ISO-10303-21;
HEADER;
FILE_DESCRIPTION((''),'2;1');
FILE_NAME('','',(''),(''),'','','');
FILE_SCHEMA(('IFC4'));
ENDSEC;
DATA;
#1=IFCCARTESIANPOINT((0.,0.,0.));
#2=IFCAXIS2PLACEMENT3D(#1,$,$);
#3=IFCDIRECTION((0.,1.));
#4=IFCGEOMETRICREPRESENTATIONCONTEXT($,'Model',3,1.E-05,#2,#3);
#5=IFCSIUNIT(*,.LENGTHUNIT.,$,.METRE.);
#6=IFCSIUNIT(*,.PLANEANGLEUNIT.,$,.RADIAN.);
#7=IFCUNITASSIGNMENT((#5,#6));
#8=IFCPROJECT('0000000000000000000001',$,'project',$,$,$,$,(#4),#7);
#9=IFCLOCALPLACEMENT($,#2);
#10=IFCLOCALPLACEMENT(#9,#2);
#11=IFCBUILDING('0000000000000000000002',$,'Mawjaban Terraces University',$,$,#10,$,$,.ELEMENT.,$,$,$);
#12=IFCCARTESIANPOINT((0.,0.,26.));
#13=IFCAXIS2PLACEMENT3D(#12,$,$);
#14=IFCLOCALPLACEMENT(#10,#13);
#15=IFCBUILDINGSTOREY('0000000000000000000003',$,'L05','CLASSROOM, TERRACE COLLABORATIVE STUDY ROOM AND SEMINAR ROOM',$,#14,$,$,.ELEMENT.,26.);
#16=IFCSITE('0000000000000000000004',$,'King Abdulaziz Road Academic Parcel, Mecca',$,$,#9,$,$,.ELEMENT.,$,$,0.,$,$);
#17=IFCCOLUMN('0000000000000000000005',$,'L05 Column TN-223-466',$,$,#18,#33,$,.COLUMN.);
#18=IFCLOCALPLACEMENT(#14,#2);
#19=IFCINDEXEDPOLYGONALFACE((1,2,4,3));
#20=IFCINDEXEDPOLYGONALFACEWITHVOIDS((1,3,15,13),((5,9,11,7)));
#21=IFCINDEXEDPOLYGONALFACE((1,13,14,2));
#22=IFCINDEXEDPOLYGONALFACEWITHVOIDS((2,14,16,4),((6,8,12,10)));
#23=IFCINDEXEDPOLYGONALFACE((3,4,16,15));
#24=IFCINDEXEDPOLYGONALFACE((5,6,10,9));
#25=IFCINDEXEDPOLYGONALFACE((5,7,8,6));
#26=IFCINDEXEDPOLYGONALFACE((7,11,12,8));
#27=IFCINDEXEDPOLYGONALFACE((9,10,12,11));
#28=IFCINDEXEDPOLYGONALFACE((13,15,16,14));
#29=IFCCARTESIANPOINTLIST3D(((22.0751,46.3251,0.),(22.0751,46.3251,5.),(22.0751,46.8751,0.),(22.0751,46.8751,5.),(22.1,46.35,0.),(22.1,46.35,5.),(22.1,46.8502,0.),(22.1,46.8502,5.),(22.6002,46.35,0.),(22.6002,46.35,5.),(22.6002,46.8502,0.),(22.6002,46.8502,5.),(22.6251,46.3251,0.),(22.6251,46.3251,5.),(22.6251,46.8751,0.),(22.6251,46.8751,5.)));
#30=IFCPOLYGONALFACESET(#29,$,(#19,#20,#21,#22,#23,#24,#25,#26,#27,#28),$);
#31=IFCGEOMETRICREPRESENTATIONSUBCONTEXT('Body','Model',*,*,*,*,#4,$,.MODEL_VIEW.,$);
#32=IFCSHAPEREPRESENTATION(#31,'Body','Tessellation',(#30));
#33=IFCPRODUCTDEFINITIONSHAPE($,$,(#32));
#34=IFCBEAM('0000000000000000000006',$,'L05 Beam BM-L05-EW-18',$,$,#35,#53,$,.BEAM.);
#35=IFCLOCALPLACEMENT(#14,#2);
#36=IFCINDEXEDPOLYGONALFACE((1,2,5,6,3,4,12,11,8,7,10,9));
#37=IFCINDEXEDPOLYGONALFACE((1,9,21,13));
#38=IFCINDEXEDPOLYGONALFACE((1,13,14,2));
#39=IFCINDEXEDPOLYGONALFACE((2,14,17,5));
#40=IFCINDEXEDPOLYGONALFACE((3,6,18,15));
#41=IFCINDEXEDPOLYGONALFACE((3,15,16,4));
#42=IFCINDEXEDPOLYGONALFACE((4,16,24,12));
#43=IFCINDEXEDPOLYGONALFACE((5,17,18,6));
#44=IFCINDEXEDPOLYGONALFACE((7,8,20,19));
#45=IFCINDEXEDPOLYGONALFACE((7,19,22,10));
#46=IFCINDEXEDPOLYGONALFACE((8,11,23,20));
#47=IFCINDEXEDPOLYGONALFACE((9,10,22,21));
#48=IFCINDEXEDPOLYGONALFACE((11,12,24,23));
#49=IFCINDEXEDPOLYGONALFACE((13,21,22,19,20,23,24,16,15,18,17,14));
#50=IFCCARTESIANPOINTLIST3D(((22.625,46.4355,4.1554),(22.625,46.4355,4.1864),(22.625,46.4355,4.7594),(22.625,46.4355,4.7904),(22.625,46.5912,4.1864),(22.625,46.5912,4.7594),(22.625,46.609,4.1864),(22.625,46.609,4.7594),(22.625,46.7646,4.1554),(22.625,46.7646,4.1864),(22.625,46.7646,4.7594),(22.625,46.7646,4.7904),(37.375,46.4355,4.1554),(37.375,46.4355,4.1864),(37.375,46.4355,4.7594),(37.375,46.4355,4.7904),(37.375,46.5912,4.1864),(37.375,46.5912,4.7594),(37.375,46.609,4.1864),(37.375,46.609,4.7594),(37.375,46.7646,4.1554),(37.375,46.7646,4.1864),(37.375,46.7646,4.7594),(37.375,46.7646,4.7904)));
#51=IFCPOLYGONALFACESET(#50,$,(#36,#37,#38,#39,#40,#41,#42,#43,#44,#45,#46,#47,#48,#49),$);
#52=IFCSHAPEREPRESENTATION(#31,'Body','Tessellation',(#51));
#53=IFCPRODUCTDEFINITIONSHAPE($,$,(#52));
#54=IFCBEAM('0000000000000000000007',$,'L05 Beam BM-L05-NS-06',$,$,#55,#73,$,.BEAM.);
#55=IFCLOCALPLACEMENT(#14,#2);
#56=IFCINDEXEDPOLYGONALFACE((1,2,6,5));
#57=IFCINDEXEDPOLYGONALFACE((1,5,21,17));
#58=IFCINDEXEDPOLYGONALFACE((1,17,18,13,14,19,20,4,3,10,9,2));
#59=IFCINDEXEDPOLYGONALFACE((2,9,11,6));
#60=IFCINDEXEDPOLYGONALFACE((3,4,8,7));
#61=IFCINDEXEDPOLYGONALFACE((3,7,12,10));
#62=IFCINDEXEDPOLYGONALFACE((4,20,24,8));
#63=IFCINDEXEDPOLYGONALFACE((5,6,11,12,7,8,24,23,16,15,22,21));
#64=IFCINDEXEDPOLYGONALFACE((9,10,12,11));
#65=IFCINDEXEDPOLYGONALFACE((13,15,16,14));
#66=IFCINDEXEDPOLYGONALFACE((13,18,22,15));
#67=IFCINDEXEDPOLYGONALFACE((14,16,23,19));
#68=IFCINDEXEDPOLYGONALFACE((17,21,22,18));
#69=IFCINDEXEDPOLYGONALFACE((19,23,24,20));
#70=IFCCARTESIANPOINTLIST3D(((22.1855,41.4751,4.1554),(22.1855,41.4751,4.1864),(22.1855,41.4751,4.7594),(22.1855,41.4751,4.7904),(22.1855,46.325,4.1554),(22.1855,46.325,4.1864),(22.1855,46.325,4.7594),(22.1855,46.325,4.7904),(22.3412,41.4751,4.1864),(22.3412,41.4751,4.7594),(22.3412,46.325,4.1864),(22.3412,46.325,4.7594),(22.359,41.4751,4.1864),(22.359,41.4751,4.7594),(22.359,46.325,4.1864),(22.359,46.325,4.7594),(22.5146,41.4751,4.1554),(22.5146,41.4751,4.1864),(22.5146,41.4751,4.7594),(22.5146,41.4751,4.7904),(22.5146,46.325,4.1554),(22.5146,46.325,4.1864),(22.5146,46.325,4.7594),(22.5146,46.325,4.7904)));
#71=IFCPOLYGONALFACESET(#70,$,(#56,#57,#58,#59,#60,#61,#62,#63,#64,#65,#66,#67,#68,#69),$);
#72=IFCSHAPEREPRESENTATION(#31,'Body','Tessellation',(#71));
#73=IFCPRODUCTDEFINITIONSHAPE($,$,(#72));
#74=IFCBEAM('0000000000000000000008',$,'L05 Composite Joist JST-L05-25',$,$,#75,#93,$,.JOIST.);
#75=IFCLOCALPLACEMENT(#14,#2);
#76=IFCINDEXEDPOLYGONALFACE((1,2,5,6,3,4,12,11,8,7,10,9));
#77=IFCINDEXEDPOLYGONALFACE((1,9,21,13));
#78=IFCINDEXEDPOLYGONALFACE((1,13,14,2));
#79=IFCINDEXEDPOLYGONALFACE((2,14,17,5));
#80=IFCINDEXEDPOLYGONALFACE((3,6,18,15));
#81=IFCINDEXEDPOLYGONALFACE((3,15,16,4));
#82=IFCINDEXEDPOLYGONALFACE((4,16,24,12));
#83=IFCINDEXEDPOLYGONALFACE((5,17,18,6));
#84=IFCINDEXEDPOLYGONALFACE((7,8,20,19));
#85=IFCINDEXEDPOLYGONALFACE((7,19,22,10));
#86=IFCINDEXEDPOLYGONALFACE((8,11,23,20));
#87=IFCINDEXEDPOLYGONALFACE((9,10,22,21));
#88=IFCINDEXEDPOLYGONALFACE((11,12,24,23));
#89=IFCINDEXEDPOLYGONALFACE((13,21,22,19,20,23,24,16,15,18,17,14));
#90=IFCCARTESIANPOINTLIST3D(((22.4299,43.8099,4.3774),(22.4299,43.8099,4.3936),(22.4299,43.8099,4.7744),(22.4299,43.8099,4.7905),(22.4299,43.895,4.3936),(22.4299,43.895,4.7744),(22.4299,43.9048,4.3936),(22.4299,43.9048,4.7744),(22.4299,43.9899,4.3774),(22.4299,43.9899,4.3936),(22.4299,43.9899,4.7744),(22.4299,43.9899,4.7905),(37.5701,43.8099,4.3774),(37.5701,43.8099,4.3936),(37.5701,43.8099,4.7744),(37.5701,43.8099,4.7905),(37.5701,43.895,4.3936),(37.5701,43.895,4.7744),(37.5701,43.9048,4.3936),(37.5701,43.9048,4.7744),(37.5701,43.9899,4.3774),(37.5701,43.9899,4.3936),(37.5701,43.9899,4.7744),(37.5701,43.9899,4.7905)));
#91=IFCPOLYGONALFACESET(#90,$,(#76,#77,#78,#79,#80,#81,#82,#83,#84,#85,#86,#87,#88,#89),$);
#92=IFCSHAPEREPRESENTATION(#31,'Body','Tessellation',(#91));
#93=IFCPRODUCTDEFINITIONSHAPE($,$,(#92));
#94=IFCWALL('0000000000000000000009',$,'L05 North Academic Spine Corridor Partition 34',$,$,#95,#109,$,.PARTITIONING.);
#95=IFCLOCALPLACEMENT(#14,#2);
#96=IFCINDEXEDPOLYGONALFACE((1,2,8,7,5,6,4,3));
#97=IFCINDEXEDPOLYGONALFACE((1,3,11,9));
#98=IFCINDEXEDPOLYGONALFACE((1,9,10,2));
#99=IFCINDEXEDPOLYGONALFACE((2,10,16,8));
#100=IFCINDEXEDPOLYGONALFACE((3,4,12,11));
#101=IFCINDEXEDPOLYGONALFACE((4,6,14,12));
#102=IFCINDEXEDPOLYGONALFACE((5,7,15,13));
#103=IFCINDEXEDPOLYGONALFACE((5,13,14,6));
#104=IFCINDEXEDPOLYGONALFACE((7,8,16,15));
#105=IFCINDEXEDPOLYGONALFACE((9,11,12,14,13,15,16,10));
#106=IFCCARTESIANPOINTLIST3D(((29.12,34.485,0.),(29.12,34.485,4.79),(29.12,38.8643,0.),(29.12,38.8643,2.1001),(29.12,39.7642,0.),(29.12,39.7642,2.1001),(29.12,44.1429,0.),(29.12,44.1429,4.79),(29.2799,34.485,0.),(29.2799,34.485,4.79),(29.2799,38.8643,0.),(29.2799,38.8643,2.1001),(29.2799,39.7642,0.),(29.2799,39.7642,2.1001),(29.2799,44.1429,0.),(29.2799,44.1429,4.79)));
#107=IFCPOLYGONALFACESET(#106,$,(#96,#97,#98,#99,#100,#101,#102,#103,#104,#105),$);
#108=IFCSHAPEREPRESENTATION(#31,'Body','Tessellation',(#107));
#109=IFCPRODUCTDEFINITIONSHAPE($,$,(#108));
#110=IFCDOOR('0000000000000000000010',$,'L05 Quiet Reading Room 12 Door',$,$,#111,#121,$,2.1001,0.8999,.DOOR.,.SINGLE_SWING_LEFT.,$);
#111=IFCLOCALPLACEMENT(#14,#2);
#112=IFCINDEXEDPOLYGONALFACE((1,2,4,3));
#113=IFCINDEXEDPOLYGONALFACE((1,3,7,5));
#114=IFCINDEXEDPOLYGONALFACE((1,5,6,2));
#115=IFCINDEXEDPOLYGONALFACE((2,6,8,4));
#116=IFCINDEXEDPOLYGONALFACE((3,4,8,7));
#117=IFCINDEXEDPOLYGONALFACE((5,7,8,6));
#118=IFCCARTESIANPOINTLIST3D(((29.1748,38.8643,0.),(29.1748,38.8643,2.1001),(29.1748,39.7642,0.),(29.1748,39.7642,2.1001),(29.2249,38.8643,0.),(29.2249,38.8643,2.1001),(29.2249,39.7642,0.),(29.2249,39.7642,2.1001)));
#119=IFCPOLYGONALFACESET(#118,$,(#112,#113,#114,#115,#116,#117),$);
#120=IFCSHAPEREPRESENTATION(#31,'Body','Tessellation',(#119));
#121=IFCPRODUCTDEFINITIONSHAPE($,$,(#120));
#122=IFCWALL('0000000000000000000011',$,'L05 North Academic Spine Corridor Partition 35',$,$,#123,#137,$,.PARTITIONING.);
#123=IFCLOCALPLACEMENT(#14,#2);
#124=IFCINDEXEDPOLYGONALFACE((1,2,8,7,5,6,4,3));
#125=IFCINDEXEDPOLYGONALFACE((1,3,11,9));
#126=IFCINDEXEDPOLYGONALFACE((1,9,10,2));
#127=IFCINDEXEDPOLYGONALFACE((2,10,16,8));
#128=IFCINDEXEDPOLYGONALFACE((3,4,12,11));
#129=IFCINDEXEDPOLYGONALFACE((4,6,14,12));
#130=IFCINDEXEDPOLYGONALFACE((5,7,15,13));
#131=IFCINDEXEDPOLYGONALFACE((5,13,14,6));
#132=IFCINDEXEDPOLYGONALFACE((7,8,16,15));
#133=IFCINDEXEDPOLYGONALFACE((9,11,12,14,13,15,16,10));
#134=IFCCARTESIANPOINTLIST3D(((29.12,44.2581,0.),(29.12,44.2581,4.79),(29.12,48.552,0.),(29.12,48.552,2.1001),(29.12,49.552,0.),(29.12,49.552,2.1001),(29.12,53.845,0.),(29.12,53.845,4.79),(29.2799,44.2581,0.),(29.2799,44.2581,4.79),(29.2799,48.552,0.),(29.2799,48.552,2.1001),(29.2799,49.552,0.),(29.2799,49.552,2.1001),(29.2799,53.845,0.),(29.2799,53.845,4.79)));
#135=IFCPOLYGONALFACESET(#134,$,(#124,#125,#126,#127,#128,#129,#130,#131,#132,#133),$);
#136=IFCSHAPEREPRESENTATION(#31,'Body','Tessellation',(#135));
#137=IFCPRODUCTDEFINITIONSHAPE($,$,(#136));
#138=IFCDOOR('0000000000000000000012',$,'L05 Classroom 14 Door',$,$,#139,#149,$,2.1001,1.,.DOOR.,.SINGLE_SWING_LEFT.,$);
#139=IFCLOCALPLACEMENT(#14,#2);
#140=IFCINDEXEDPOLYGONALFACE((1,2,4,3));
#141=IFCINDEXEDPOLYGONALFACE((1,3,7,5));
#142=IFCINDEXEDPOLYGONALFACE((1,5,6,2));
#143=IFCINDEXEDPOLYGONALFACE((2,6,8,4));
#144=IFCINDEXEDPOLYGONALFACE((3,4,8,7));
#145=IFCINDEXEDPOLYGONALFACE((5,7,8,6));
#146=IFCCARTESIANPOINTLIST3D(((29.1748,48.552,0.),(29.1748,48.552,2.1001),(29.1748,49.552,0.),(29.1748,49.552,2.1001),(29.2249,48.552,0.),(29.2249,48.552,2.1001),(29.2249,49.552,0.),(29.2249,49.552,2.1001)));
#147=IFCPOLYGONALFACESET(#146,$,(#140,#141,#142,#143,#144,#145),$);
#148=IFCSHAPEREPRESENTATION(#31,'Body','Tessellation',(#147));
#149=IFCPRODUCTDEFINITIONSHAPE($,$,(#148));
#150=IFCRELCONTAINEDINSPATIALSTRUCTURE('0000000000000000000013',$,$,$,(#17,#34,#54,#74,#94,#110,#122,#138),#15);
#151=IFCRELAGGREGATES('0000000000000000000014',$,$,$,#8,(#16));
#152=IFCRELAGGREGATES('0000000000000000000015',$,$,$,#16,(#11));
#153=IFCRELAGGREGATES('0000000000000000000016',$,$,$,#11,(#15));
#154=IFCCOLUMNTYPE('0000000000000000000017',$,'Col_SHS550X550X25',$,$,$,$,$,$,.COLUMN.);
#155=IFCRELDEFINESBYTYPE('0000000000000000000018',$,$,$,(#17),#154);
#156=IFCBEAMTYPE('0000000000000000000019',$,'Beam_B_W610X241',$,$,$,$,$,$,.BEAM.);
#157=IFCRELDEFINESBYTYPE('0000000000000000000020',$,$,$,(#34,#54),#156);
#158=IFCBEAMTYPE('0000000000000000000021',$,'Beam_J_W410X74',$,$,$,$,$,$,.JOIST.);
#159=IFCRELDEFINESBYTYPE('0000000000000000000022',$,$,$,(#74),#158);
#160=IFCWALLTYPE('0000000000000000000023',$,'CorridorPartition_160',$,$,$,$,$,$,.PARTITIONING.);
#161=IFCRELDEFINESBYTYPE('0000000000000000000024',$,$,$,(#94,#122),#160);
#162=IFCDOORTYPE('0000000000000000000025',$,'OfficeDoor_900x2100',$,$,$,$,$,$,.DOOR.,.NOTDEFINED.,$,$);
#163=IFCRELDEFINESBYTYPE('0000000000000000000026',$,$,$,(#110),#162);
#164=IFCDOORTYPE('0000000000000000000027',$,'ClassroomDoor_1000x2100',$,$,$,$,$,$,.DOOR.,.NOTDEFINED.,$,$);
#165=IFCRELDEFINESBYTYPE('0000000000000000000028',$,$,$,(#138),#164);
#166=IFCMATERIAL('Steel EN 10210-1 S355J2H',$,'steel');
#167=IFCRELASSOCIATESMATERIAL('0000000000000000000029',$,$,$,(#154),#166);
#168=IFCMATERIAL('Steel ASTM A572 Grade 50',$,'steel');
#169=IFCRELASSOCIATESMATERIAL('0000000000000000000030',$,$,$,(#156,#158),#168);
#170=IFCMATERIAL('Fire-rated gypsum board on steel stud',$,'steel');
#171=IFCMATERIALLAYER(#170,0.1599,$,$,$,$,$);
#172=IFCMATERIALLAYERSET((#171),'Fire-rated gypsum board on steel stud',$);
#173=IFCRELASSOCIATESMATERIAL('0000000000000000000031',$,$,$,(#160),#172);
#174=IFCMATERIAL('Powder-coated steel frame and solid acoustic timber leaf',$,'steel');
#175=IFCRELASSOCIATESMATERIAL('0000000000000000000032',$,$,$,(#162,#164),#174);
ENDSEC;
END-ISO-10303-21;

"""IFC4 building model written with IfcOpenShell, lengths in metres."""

from ifc_helpers import new_model, si_unit, direction, frame, frame_2d, origin, origin_2d, place, context, subcontext, project, spatial, rectangle, hollow_rectangle, i_section, extrude, material, layer, layer_set, material_profile, profile_set, type_object, element, fill, save


model = new_model("IFC4")

# Units and contexts
model_context = context("Model", 3, precision=1e-05, world=origin(), true_north=direction((0.0, 1.0)))
body_context = subcontext(model_context, "Body", "Model", "MODEL_VIEW")
ifc_project = project(units=[si_unit("LENGTHUNIT", "METRE"), si_unit("PLANEANGLEUNIT", "RADIAN")], contexts=[model_context])

# Site, building, storey
site_placement = place(None, origin())
site = spatial("IfcSite", under=ifc_project, at=site_placement, Name="King Abdulaziz Road Academic Parcel, Mecca", CompositionType="ELEMENT", RefElevation=0.0)
building_placement = place(site_placement, origin())
building = spatial("IfcBuilding", under=site, at=building_placement, Name="Mawjaban Terraces University", CompositionType="ELEMENT")
storey_placement = place(building_placement, frame((0.0, 0.0, 26.0)))
storey = spatial("IfcBuildingStorey", under=building, at=storey_placement, Name="L05", Description="CLASSROOM, TERRACE COLLABORATIVE STUDY ROOM AND SEMINAR ROOM", CompositionType="ELEMENT", Elevation=26.0)

# Column
ifc_material_1 = material(Name="Steel EN 10210-1 S355J2H", Category="steel")
ifc_material_profile_1 = material_profile(ifc_material_1, hollow_rectangle(XDim=0.55, YDim=0.55, WallThickness=0.0249, at=origin_2d()), Name="SHS550X550X25")
ifc_profile_set_1 = profile_set([ifc_material_profile_1], Name="Steel EN 10210-1 S355J2H")
column_type = type_object("IfcColumnType", Name="Col_SHS550X550X25", PredefinedType="COLUMN", material=ifc_profile_set_1)
column_placement = place(storey_placement, frame((22.3501, 46.6001, 0.0), z_axis=(0.0, 0.0, 1.0), x_axis=(1.0, 0.0, 0.0)))
element("IfcColumn", 1, at=column_placement, inside=storey, type_object=column_type, Name="L05 Column TN-223-466", PredefinedType="COLUMN", context=body_context, shape_type="SweptSolid", body=[
    extrude(hollow_rectangle(XDim=0.55, YDim=0.55, WallThickness=0.0249, at=origin_2d()), origin(), (0.0, 0.0, 1.0), 5.0),
])

# Beams
ifc_material_2 = material(Name="Steel ASTM A572 Grade 50", Category="steel")
ifc_material_profile_2 = material_profile(ifc_material_2, i_section(OverallWidth=0.3291, OverallDepth=0.635, WebThickness=0.0178, FlangeThickness=0.031, at=origin_2d()), Name="W610X241")
ifc_profile_set_2 = profile_set([ifc_material_profile_2], Name="Steel ASTM A572 Grade 50")
beam_type_1 = type_object("IfcBeamType", Name="Beam_B_W610X241", PredefinedType="BEAM", material=ifc_profile_set_2)
beam_1_placement = place(storey_placement, frame((22.625, 46.6001, 4.4729), z_axis=(1.0, 0.0, 0.0), x_axis=(0.0, 1.0, 0.0)))
element("IfcBeam", 2, at=beam_1_placement, inside=storey, type_object=beam_type_1, Name="L05 Beam BM-L05-EW-18", PredefinedType="BEAM", context=body_context, shape_type="SweptSolid", body=[
    extrude(i_section(OverallWidth=0.3291, OverallDepth=0.635, WebThickness=0.0178, FlangeThickness=0.031, at=origin_2d()), origin(), (0.0, 0.0, 1.0), 14.75),
])
beam_2_placement = place(storey_placement, frame((22.3501, 41.4751, 4.4729), z_axis=(0.0, 1.0, 0.0), x_axis=(-1.0, 0.0, 0.0)))
element("IfcBeam", 3, at=beam_2_placement, inside=storey, type_object=beam_type_1, Name="L05 Beam BM-L05-NS-06", PredefinedType="BEAM", context=body_context, shape_type="SweptSolid", body=[
    extrude(i_section(OverallWidth=0.3291, OverallDepth=0.635, WebThickness=0.0178, FlangeThickness=0.031, at=origin_2d()), origin(), (0.0, 0.0, 1.0), 4.8499),
])
ifc_material_profile_3 = material_profile(ifc_material_2, i_section(OverallWidth=0.1799, OverallDepth=0.4131, WebThickness=0.0098, FlangeThickness=0.0161, at=origin_2d()), Name="W410X74")
ifc_profile_set_3 = profile_set([ifc_material_profile_3], Name="Steel ASTM A572 Grade 50")
beam_type_2 = type_object("IfcBeamType", Name="Beam_J_W410X74", PredefinedType="JOIST", material=ifc_profile_set_3)
beam_3_placement = place(storey_placement, frame((22.4299, 43.8999, 4.584), z_axis=(1.0, 0.0, 0.0), x_axis=(0.0, 1.0, 0.0)))
element("IfcBeam", 4, at=beam_3_placement, inside=storey, type_object=beam_type_2, Name="L05 Composite Joist JST-L05-25", PredefinedType="JOIST", context=body_context, shape_type="SweptSolid", body=[
    extrude(i_section(OverallWidth=0.1799, OverallDepth=0.4131, WebThickness=0.0098, FlangeThickness=0.0161, at=origin_2d()), origin(), (0.0, 0.0, 1.0), 15.1401),
])

# Walls, openings, doors
ifc_material_3 = material(Name="Fire-rated gypsum board on steel stud", Category="steel")
ifc_layer_1 = layer(ifc_material_3, 0.1599)
ifc_layer_set_1 = layer_set([ifc_layer_1], Name="Fire-rated gypsum board on steel stud")
wall_type_1 = type_object("IfcWallType", Name="CorridorPartition_160", PredefinedType="PARTITIONING", material=ifc_layer_set_1)
wall_1_placement = place(storey_placement, frame((29.2, 44.1431, 0.0), z_axis=(0.0, 0.0, 1.0), x_axis=(0.0, -1.0, 0.0)))
wall_1 = element("IfcWall", 5, at=wall_1_placement, inside=storey, type_object=wall_type_1, Name="L05 North Academic Spine Corridor Partition 34", PredefinedType="PARTITIONING", context=body_context, shape_type="SweptSolid", body=[
    extrude(rectangle(XDim=9.658, YDim=0.1599, at=frame_2d((4.8291, 0.0))), origin(), (0.0, 0.0, 1.0), 4.79),
])
opening_1_placement = place(wall_1_placement, frame((4.3789, 0.0, 0.0)))
opening_1 = element("IfcOpeningElement", 6, at=opening_1_placement, cuts=wall_1, PredefinedType="OPENING", context=body_context, shape_type="SweptSolid", body=[
    extrude(rectangle(XDim=0.8999, YDim=2.1001, at=frame_2d((0.45, 1.05))), frame((0.0, 0.0898, 0.0), z_axis=(0.0, -1.0, 0.0), x_axis=(1.0, 0.0, 0.0)), (0.0, 0.0, 1.0), 0.1799),
])
ifc_material_4 = material(Name="Powder-coated steel frame and solid acoustic timber leaf", Category="steel")
door_type_1 = type_object("IfcDoorType", Name="OfficeDoor_900x2100", OperationType="NOTDEFINED", PredefinedType="DOOR", material=ifc_material_4)
door_1_placement = place(opening_1_placement, origin())
door_1 = element("IfcDoor", 7, at=door_1_placement, inside=storey, type_object=door_type_1, Name="L05 Quiet Reading Room 12 Door", OperationType="SINGLE_SWING_LEFT", OverallHeight=2.1001, OverallWidth=0.8999, PredefinedType="DOOR", context=body_context, shape_type="SweptSolid", body=[
    extrude(rectangle(XDim=0.8999, YDim=2.1001, at=frame_2d((0.45, 1.05))), frame((0.0, 0.0249, 0.0), z_axis=(0.0, -1.0, 0.0), x_axis=(1.0, 0.0, 0.0)), (0.0, 0.0, 1.0), 0.05),
])
fill(opening_1, door_1)
wall_2_placement = place(storey_placement, frame((29.2, 53.845, 0.0), z_axis=(0.0, 0.0, 1.0), x_axis=(0.0, -1.0, 0.0)))
wall_2 = element("IfcWall", 8, at=wall_2_placement, inside=storey, type_object=wall_type_1, Name="L05 North Academic Spine Corridor Partition 35", PredefinedType="PARTITIONING", context=body_context, shape_type="SweptSolid", body=[
    extrude(rectangle(XDim=9.5869, YDim=0.1599, at=frame_2d((4.7935, 0.0))), origin(), (0.0, 0.0, 1.0), 4.79),
])
opening_2_placement = place(wall_2_placement, frame((4.293, 0.0, 0.0)))
opening_2 = element("IfcOpeningElement", 9, at=opening_2_placement, cuts=wall_2, PredefinedType="OPENING", context=body_context, shape_type="SweptSolid", body=[
    extrude(rectangle(XDim=1.0, YDim=2.1001, at=frame_2d((0.5, 1.05))), frame((0.0, 0.0898, 0.0), z_axis=(0.0, -1.0, 0.0), x_axis=(1.0, 0.0, 0.0)), (0.0, 0.0, 1.0), 0.1799),
])
door_type_2 = type_object("IfcDoorType", Name="ClassroomDoor_1000x2100", OperationType="NOTDEFINED", PredefinedType="DOOR", material=ifc_material_4)
door_2_placement = place(opening_2_placement, origin())
door_2 = element("IfcDoor", 10, at=door_2_placement, inside=storey, type_object=door_type_2, Name="L05 Classroom 14 Door", OperationType="SINGLE_SWING_LEFT", OverallHeight=2.1001, OverallWidth=1.0, PredefinedType="DOOR", context=body_context, shape_type="SweptSolid", body=[
    extrude(rectangle(XDim=1.0, YDim=2.1001, at=frame_2d((0.5, 1.05))), frame((0.0, 0.0249, 0.0), z_axis=(0.0, -1.0, 0.0), x_axis=(1.0, 0.0, 0.0)), (0.0, 0.0, 1.0), 0.05),
])
fill(opening_2, door_2)

save(model, "model.ifc")
